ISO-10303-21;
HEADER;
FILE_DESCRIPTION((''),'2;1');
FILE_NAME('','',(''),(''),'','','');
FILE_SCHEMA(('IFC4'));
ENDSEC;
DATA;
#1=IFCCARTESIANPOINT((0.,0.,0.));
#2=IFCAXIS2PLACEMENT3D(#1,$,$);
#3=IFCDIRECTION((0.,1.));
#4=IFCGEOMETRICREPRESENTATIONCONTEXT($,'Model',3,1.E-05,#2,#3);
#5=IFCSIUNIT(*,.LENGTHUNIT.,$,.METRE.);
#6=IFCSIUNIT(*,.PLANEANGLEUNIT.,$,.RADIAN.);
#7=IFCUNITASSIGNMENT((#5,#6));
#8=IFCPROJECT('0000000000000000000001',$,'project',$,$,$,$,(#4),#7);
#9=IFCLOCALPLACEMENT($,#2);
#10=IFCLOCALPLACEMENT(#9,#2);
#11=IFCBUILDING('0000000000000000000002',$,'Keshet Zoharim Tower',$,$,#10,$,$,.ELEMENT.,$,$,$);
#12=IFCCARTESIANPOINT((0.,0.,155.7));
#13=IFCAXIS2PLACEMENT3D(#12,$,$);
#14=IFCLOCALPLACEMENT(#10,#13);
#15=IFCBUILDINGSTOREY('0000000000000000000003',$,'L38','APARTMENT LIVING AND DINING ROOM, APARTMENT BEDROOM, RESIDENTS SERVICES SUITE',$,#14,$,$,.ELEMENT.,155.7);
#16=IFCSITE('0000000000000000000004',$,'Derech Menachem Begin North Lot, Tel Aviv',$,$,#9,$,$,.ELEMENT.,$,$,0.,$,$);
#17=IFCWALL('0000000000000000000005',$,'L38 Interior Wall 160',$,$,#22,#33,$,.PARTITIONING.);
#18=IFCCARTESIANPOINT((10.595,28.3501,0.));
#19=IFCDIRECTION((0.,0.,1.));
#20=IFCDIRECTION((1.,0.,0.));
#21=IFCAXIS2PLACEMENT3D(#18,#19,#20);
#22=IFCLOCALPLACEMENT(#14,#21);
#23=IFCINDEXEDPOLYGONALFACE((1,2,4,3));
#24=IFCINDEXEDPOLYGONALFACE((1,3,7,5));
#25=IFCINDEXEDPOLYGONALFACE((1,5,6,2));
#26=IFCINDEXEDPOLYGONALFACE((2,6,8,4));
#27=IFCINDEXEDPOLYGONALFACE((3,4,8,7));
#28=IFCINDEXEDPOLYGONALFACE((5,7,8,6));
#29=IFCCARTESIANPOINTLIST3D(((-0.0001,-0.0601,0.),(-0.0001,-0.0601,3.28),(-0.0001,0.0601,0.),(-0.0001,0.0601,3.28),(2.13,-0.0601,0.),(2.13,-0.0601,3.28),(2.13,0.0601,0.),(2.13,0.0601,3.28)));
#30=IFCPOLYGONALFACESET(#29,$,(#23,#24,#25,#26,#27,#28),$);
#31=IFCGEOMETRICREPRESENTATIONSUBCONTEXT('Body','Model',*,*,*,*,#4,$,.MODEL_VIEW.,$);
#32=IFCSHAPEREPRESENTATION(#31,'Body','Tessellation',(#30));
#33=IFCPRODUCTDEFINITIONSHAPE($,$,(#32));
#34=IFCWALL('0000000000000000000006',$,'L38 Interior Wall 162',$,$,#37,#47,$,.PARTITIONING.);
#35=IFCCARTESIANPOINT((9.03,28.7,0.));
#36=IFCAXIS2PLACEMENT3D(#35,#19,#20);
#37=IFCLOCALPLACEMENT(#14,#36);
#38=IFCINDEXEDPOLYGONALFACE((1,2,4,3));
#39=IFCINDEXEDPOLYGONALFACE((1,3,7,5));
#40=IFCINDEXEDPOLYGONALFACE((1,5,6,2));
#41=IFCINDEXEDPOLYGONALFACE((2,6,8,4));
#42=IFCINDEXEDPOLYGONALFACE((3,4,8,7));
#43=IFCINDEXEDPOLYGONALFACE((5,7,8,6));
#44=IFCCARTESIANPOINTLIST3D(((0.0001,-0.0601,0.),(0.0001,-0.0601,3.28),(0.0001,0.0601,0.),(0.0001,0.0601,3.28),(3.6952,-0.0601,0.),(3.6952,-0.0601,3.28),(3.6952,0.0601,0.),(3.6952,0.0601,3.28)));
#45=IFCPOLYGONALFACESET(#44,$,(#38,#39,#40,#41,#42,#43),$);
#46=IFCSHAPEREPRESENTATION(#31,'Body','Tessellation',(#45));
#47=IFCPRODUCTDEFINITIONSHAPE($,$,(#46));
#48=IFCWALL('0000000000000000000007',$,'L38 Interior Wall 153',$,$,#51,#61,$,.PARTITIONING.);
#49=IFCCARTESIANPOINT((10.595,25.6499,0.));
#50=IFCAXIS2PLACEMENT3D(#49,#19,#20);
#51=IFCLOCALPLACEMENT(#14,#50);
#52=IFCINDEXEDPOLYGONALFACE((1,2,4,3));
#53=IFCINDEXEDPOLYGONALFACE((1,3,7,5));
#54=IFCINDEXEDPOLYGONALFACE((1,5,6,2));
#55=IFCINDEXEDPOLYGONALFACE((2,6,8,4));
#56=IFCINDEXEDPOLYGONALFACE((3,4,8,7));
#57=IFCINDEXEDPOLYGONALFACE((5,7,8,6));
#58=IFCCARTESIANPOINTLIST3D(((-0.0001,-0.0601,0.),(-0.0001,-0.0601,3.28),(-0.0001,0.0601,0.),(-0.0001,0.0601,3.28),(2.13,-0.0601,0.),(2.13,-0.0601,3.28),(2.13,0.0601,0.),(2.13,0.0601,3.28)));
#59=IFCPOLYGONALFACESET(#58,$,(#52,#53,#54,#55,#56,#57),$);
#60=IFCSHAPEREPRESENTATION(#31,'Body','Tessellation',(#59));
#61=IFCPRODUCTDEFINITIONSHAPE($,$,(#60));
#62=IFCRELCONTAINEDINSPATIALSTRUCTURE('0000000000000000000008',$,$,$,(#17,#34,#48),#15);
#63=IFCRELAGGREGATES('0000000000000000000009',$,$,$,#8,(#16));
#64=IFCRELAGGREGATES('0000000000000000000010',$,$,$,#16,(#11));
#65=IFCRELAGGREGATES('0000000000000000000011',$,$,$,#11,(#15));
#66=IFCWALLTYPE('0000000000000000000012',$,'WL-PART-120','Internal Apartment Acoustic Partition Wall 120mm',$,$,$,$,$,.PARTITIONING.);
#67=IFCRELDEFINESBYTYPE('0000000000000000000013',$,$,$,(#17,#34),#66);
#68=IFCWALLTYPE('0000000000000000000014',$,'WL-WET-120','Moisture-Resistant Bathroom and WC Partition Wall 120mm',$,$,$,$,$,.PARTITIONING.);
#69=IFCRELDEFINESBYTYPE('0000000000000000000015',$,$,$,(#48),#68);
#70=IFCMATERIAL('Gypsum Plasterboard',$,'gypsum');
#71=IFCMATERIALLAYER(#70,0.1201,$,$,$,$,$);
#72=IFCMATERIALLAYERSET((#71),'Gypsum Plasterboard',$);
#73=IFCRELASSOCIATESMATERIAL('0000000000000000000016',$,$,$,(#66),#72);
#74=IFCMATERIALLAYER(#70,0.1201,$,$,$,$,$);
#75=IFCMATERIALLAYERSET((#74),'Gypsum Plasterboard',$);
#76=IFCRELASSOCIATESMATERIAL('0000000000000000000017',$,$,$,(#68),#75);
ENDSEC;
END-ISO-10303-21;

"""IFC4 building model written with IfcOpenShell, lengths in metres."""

from ifc_helpers import new_model, si_unit, direction, frame, frame_2d, origin, place, context, subcontext, project, spatial, rectangle, extrude, material, layer, layer_set, type_object, element, save


model = new_model("IFC4")

# Units and contexts
model_context = context("Model", 3, precision=1e-05, world=origin(), true_north=direction((0.0, 1.0)))
body_context = subcontext(model_context, "Body", "Model", "MODEL_VIEW")
ifc_project = project(units=[si_unit("LENGTHUNIT", "METRE"), si_unit("PLANEANGLEUNIT", "RADIAN")], contexts=[model_context])

# Site, building, storey
site_placement = place(None, origin())
site = spatial("IfcSite", under=ifc_project, at=site_placement, Name="Derech Menachem Begin North Lot, Tel Aviv", CompositionType="ELEMENT", RefElevation=0.0)
building_placement = place(site_placement, origin())
building = spatial("IfcBuilding", under=site, at=building_placement, Name="Keshet Zoharim Tower", CompositionType="ELEMENT")
storey_placement = place(building_placement, frame((0.0, 0.0, 155.7)))
storey = spatial("IfcBuildingStorey", under=building, at=storey_placement, Name="L38", Description="APARTMENT LIVING AND DINING ROOM, APARTMENT BEDROOM, RESIDENTS SERVICES SUITE", CompositionType="ELEMENT", Elevation=155.7)

# Shared definitions
ifc_material_1 = material(Name="Gypsum Plasterboard", Category="gypsum")

# Shared definitions
ifc_layer_1 = layer(ifc_material_1, 0.1201)
ifc_layer_set_1 = layer_set([ifc_layer_1], Name="Gypsum Plasterboard")
wall_type_1 = type_object("IfcWallType", Name="WL-PART-120", Description="Internal Apartment Acoustic Partition Wall 120mm", PredefinedType="PARTITIONING", material=ifc_layer_set_1)

# Walls
wall_1_placement = place(storey_placement, frame((10.595, 28.3501, 0.0), z_axis=(0.0, 0.0, 1.0), x_axis=(1.0, 0.0, 0.0)))
element("IfcWall", 1, at=wall_1_placement, inside=storey, type_object=wall_type_1, Name="L38 Interior Wall 160", PredefinedType="PARTITIONING", context=body_context, shape_type="SweptSolid", body=[
    extrude(rectangle(XDim=2.1301, YDim=0.1201, at=frame_2d((1.0649, 0.0))), origin(), (0.0, 0.0, 1.0), 3.28),
])
wall_2_placement = place(storey_placement, frame((9.03, 28.7, 0.0), z_axis=(0.0, 0.0, 1.0), x_axis=(1.0, 0.0, 0.0)))
element("IfcWall", 2, at=wall_2_placement, inside=storey, type_object=wall_type_1, Name="L38 Interior Wall 162", PredefinedType="PARTITIONING", context=body_context, shape_type="SweptSolid", body=[
    extrude(rectangle(XDim=3.6951, YDim=0.1201, at=frame_2d((1.8477, 0.0))), origin(), (0.0, 0.0, 1.0), 3.28),
])

# Wall
ifc_layer_2 = layer(ifc_material_1, 0.1201)
ifc_layer_set_2 = layer_set([ifc_layer_2], Name="Gypsum Plasterboard")
wall_type_2 = type_object("IfcWallType", Name="WL-WET-120", Description="Moisture-Resistant Bathroom and WC Partition Wall 120mm", PredefinedType="PARTITIONING", material=ifc_layer_set_2)
wall_3_placement = place(storey_placement, frame((10.595, 25.6499, 0.0), z_axis=(0.0, 0.0, 1.0), x_axis=(1.0, 0.0, 0.0)))
element("IfcWall", 3, at=wall_3_placement, inside=storey, type_object=wall_type_2, Name="L38 Interior Wall 153", PredefinedType="PARTITIONING", context=body_context, shape_type="SweptSolid", body=[
    extrude(rectangle(XDim=2.1301, YDim=0.1201, at=frame_2d((1.0649, 0.0))), origin(), (0.0, 0.0, 1.0), 3.28),
])

save(model, "model.ifc")
